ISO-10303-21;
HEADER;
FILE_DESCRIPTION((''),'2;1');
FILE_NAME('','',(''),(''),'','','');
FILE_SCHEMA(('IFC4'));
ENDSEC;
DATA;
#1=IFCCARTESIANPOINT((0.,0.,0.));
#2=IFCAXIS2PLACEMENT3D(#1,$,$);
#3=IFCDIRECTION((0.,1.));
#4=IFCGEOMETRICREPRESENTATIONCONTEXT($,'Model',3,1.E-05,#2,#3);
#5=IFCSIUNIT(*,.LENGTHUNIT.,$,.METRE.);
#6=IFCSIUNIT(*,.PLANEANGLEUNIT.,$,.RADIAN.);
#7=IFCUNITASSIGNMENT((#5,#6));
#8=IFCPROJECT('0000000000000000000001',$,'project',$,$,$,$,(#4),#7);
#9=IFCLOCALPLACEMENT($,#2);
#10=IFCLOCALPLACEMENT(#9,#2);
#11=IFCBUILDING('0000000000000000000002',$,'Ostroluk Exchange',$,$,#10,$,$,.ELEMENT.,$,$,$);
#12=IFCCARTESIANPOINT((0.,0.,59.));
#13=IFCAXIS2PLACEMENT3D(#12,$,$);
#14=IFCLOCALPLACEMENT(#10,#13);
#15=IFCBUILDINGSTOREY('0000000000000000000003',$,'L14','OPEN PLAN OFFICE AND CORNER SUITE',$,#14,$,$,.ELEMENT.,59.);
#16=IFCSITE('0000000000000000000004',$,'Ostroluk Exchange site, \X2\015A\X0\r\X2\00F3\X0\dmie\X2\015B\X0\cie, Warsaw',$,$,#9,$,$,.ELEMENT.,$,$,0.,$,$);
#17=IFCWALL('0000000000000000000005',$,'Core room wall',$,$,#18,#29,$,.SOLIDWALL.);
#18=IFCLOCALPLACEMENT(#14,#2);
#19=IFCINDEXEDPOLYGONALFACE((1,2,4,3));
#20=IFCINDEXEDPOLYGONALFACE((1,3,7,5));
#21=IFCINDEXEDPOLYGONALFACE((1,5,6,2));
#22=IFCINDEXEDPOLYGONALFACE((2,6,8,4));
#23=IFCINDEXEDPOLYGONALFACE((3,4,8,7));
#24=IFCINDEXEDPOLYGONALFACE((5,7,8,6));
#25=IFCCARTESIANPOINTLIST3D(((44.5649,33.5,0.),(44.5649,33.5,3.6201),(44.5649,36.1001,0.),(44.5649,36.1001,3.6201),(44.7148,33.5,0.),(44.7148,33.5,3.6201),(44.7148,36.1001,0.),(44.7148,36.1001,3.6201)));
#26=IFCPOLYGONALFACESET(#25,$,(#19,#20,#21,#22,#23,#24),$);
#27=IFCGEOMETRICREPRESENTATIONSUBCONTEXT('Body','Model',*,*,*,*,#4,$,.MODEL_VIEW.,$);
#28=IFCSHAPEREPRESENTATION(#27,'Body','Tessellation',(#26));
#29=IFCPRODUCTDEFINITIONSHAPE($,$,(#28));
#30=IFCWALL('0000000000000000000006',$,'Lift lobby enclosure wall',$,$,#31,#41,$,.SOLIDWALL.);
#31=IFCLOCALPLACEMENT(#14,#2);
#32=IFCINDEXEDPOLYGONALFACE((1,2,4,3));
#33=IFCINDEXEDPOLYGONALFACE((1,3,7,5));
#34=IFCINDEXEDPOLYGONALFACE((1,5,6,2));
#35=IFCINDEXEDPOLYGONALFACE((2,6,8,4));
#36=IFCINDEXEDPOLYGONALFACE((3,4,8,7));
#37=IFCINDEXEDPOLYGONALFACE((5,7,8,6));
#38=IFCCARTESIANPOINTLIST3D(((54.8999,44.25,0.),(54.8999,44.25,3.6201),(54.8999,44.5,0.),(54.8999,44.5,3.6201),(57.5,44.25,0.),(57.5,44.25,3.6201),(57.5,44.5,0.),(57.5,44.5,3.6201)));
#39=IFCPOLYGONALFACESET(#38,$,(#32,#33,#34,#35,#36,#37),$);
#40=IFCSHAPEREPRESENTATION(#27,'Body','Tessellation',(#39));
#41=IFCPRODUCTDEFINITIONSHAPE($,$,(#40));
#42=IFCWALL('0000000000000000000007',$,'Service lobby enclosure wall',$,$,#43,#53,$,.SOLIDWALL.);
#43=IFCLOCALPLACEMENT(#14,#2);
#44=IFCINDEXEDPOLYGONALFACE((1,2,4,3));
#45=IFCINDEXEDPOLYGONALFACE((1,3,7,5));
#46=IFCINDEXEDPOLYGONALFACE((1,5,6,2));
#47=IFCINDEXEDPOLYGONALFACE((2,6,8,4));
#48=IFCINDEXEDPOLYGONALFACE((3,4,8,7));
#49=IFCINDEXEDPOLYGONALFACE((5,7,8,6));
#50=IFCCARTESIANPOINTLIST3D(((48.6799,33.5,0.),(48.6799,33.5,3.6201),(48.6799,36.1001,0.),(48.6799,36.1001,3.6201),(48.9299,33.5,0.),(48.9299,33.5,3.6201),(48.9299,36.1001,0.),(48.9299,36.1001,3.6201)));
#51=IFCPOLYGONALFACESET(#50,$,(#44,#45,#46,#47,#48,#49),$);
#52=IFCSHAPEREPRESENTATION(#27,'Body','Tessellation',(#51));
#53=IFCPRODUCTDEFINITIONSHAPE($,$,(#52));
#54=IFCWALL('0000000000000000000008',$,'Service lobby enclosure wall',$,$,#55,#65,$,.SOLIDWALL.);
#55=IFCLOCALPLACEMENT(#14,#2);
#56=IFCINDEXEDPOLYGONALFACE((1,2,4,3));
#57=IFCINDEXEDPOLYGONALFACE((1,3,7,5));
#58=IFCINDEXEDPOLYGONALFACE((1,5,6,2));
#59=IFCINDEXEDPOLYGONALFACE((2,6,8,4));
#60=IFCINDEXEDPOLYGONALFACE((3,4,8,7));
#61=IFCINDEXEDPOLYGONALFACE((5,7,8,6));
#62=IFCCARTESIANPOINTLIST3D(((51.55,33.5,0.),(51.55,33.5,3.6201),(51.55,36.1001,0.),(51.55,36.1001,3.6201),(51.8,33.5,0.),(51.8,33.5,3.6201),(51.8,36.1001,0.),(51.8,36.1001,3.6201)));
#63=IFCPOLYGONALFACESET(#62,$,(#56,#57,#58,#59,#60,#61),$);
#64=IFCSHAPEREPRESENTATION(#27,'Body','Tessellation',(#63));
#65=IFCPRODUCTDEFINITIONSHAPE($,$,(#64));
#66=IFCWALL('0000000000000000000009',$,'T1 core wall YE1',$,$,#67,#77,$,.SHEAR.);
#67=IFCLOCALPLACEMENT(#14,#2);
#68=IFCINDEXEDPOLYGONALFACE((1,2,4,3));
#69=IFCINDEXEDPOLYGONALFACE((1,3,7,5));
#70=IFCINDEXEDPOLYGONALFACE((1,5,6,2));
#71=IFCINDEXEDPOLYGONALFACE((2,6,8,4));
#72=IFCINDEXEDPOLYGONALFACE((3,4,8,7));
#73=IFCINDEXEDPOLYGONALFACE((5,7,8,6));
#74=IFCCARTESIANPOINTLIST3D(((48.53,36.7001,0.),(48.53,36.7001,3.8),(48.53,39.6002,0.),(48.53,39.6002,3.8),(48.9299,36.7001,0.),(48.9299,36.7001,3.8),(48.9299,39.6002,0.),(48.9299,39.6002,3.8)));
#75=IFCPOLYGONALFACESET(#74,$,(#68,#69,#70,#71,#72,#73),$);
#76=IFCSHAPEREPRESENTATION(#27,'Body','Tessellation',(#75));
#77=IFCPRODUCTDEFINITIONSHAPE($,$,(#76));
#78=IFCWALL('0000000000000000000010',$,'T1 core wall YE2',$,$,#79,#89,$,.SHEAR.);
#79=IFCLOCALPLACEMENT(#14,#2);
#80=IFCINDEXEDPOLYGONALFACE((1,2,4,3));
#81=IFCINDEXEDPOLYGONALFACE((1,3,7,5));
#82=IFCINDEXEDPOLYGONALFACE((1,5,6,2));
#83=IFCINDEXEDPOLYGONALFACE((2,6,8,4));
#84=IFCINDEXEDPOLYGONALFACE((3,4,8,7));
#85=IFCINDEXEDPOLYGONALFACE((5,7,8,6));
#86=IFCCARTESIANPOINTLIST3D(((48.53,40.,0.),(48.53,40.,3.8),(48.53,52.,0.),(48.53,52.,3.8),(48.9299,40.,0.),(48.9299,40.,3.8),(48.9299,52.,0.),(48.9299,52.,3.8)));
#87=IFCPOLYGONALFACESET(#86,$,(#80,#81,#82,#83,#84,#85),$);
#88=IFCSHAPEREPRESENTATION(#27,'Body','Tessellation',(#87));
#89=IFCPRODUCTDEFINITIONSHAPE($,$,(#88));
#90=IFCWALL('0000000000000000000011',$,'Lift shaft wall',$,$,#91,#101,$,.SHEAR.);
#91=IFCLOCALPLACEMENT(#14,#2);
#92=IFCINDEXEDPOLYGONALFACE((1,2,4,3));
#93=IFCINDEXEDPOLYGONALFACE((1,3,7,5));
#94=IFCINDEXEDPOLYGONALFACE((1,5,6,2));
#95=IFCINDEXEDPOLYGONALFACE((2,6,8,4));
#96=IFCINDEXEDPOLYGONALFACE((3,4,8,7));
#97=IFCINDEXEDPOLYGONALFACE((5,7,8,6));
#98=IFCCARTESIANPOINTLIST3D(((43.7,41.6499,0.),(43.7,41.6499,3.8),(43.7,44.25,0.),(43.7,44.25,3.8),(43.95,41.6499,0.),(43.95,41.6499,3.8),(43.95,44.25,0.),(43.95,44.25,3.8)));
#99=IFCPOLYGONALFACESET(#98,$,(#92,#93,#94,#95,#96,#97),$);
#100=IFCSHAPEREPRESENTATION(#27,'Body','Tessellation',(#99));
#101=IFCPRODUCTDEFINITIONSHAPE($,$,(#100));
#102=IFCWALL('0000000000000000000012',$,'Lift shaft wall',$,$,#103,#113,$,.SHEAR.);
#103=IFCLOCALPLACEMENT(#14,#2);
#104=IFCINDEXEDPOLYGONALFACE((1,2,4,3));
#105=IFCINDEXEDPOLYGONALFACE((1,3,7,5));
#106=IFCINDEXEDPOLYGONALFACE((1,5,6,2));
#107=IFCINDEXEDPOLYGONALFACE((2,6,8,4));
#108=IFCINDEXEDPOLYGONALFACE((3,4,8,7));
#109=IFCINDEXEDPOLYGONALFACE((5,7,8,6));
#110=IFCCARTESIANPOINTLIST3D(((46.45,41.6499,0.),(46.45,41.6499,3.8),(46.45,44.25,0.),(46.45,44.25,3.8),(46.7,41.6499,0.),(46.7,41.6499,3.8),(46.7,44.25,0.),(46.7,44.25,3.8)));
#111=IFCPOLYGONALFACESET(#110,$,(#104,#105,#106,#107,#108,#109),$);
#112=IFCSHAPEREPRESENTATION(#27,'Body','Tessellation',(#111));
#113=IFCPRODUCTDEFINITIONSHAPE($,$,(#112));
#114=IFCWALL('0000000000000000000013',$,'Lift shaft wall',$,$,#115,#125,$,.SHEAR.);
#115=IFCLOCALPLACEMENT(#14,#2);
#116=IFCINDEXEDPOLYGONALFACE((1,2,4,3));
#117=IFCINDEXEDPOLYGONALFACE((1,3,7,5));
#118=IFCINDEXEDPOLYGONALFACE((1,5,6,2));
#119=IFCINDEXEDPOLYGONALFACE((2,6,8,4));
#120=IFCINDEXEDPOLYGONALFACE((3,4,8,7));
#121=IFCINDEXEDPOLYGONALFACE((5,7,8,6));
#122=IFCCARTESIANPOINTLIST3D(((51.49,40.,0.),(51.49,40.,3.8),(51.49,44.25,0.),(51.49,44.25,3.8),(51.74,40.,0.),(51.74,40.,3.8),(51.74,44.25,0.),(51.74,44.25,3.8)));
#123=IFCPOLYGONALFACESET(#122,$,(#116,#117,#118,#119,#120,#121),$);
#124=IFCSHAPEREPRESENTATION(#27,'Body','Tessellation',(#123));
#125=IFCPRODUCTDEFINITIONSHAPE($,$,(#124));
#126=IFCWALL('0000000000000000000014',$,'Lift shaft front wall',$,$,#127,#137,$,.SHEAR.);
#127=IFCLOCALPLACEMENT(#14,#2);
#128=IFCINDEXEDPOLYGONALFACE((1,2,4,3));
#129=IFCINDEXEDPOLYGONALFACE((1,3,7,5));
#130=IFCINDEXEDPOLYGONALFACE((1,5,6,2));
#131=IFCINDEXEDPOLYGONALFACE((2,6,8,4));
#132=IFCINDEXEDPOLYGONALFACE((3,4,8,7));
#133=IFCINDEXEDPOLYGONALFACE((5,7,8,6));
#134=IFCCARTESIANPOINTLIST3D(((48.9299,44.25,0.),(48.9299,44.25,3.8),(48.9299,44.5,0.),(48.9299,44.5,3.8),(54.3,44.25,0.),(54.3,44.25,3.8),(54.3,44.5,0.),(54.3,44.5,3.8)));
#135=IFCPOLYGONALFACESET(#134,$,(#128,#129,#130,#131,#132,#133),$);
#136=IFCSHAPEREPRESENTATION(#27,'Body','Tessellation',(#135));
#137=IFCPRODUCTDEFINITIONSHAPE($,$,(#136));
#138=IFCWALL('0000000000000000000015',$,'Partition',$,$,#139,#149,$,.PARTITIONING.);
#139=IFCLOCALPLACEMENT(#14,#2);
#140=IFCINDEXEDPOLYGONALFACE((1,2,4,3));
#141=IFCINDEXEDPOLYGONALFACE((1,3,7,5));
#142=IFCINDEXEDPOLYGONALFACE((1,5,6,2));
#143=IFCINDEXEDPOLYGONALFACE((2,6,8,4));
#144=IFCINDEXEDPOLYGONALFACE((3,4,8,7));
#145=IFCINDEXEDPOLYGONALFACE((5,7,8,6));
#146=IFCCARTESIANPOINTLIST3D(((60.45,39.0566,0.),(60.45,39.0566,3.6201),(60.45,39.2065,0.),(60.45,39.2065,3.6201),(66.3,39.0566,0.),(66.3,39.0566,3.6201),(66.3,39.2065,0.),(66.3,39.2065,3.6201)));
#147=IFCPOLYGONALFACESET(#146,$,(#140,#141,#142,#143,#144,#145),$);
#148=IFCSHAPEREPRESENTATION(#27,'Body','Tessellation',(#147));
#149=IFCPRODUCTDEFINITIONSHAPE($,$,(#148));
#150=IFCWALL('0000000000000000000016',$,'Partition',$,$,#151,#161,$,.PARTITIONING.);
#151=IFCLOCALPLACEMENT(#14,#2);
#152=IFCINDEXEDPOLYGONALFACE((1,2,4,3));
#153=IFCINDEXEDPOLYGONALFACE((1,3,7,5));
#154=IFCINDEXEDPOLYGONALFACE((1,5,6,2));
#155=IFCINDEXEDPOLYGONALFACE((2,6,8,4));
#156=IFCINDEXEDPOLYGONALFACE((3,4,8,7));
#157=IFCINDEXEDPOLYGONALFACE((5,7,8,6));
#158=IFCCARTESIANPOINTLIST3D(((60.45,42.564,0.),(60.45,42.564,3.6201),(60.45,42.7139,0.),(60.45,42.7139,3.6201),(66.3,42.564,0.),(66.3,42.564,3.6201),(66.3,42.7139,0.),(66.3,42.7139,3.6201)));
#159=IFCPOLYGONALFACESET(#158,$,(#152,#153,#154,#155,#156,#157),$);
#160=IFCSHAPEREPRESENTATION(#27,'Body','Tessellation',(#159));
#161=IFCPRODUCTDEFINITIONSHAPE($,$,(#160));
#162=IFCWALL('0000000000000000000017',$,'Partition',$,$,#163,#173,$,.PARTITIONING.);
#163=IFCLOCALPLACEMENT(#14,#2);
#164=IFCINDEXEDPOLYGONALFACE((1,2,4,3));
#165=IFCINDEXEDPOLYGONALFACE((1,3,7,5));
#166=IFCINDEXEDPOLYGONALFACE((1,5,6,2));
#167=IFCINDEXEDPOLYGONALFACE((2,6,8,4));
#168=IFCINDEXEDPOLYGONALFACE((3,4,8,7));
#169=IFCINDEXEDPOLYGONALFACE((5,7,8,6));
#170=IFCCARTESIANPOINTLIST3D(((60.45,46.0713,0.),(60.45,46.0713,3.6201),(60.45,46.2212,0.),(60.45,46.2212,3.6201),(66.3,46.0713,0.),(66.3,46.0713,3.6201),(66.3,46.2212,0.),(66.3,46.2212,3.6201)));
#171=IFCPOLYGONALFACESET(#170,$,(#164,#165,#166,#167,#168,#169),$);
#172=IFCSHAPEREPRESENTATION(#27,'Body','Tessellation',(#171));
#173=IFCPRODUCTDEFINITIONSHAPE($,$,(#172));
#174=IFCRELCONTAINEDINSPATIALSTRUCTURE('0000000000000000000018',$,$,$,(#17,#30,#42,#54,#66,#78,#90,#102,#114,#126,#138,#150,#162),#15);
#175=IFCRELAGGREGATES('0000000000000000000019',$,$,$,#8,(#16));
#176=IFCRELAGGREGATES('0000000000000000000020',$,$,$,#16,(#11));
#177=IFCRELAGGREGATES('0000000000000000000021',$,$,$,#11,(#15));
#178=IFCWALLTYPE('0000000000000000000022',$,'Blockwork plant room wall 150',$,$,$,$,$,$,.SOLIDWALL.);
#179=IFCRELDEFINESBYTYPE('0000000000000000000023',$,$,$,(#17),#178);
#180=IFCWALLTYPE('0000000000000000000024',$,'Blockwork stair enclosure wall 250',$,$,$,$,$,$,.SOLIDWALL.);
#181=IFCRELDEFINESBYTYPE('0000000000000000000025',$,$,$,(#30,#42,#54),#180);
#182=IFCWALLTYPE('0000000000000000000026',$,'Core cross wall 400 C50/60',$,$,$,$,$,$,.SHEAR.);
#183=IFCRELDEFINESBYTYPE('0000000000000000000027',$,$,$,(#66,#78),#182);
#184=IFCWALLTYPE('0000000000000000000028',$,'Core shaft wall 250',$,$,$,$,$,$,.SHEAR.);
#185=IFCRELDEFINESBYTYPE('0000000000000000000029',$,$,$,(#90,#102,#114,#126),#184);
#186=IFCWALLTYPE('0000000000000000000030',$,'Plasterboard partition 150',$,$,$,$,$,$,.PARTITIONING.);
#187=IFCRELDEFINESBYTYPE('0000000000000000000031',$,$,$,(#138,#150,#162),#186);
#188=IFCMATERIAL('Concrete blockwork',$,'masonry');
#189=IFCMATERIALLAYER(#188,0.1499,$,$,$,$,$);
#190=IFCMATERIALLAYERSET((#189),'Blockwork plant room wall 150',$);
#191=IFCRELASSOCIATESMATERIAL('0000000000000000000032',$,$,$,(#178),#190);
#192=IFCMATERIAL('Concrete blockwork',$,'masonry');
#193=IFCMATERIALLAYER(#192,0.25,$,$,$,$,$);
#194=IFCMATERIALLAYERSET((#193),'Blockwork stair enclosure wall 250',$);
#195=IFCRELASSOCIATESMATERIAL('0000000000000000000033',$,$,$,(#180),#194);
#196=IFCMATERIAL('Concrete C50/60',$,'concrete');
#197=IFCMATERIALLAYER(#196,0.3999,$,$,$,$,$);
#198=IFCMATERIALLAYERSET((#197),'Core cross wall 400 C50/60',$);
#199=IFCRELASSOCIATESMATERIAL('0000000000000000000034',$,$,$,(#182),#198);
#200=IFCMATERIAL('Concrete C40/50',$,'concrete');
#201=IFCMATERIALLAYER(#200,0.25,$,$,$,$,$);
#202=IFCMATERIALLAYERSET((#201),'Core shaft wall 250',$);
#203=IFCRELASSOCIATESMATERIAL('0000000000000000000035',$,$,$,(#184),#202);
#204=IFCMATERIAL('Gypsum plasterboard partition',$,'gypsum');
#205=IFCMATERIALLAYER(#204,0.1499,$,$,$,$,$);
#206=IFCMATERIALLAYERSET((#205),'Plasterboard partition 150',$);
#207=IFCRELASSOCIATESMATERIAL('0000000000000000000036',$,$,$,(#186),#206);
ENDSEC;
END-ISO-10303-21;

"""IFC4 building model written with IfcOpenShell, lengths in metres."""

from ifc_helpers import new_model, si_unit, direction, frame, frame_2d, origin, place, context, subcontext, project, spatial, rectangle, extrude, material, layer, layer_set, type_object, element, save


model = new_model("IFC4")

# Units and contexts
model_context = context("Model", 3, precision=1e-05, world=origin(), true_north=direction((0.0, 1.0)))
body_context = subcontext(model_context, "Body", "Model", "MODEL_VIEW")
ifc_project = project(units=[si_unit("LENGTHUNIT", "METRE"), si_unit("PLANEANGLEUNIT", "RADIAN")], contexts=[model_context])

# Site, building, storey
site_placement = place(None, origin())
site = spatial("IfcSite", under=ifc_project, at=site_placement, Name="Ostroluk Exchange site, Śródmieście, Warsaw", CompositionType="ELEMENT", RefElevation=0.0)
building_placement = place(site_placement, origin())
building = spatial("IfcBuilding", under=site, at=building_placement, Name="Ostroluk Exchange", CompositionType="ELEMENT")
storey_placement = place(building_placement, frame((0.0, 0.0, 59.0)))
storey = spatial("IfcBuildingStorey", under=building, at=storey_placement, Name="L14", Description="OPEN PLAN OFFICE AND CORNER SUITE", CompositionType="ELEMENT", Elevation=59.0)

# Walls
ifc_material_1 = material(Name="Concrete blockwork", Category="masonry")
ifc_layer_1 = layer(ifc_material_1, 0.1499)
ifc_layer_set_1 = layer_set([ifc_layer_1], Name="Blockwork plant room wall 150")
wall_type_1 = type_object("IfcWallType", Name="Blockwork plant room wall 150", PredefinedType="SOLIDWALL", material=ifc_layer_set_1)
wall_1_placement = place(storey_placement, frame((44.6399, 33.5, 0.0), z_axis=(0.0, 0.0, 1.0), x_axis=(0.0, 1.0, 0.0)))
element("IfcWall", 1, at=wall_1_placement, inside=storey, type_object=wall_type_1, Name="Core room wall", PredefinedType="SOLIDWALL", context=body_context, shape_type="SweptSolid", body=[
    extrude(rectangle(XDim=2.6001, YDim=0.1499, at=frame_2d((1.3, 0.0))), origin(), (0.0, 0.0, 1.0), 3.6201),
])
ifc_material_2 = material(Name="Concrete blockwork", Category="masonry")
ifc_layer_2 = layer(ifc_material_2, 0.25)
ifc_layer_set_2 = layer_set([ifc_layer_2], Name="Blockwork stair enclosure wall 250")
wall_type_2 = type_object("IfcWallType", Name="Blockwork stair enclosure wall 250", PredefinedType="SOLIDWALL", material=ifc_layer_set_2)
for number, where, z_axis, x_axis, name in (
    (2, (54.8999, 44.375, 0.0), (0.0, 0.0, 1.0), (1.0, 0.0, 0.0), "Lift lobby enclosure wall"),
    (3, (48.8049, 33.5, 0.0), (0.0, 0.0, 1.0), (0.0, 1.0, 0.0), "Service lobby enclosure wall"),
    (4, (51.675, 33.5, 0.0), (0.0, 0.0, 1.0), (0.0, 1.0, 0.0), "Service lobby enclosure wall"),
):
    element("IfcWall", number, at=place(storey_placement, frame(where, z_axis=z_axis, x_axis=x_axis)), inside=storey, type_object=wall_type_2, Name=name, PredefinedType="SOLIDWALL", context=body_context, shape_type="SweptSolid", body=[
        extrude(rectangle(XDim=2.6001, YDim=0.25, at=frame_2d((1.3, 0.0))), origin(), (0.0, 0.0, 1.0), 3.6201),
    ])
ifc_material_3 = material(Name="Concrete C50/60", Category="concrete")
ifc_layer_3 = layer(ifc_material_3, 0.3999)
ifc_layer_set_3 = layer_set([ifc_layer_3], Name="Core cross wall 400 C50/60")
wall_type_3 = type_object("IfcWallType", Name="Core cross wall 400 C50/60", PredefinedType="SHEAR", material=ifc_layer_set_3)
wall_2_placement = place(storey_placement, frame((48.73, 36.7, 0.0), z_axis=(0.0, 0.0, 1.0), x_axis=(0.0, 1.0, 0.0)))
element("IfcWall", 5, at=wall_2_placement, inside=storey, type_object=wall_type_3, Name="T1 core wall YE1", PredefinedType="SHEAR", context=body_context, shape_type="SweptSolid", body=[
    extrude(rectangle(XDim=2.9001, YDim=0.3999, at=frame_2d((1.4502, 0.0))), origin(), (0.0, 0.0, 1.0), 3.8),
])
wall_3_placement = place(storey_placement, frame((48.73, 40.0, 0.0), z_axis=(0.0, 0.0, 1.0), x_axis=(0.0, 1.0, 0.0)))
element("IfcWall", 6, at=wall_3_placement, inside=storey, type_object=wall_type_3, Name="T1 core wall YE2", PredefinedType="SHEAR", context=body_context, shape_type="SweptSolid", body=[
    extrude(rectangle(XDim=12.0, YDim=0.3999, at=frame_2d((6.0, 0.0))), origin(), (0.0, 0.0, 1.0), 3.8),
])

# Shared definitions
ifc_material_4 = material(Name="Concrete C40/50", Category="concrete")
ifc_layer_4 = layer(ifc_material_4, 0.25)
ifc_layer_set_4 = layer_set([ifc_layer_4], Name="Core shaft wall 250")
wall_type_4 = type_object("IfcWallType", Name="Core shaft wall 250", PredefinedType="SHEAR", material=ifc_layer_set_4)

# Walls
for number, where, z_axis, x_axis, name in (
    (7, (43.825, 44.25, 0.0), (0.0, 0.0, 1.0), (0.0, -1.0, 0.0), "Lift shaft wall"),
    (8, (46.575, 44.25, 0.0), (0.0, 0.0, 1.0), (0.0, -1.0, 0.0), "Lift shaft wall"),
):
    element("IfcWall", number, at=place(storey_placement, frame(where, z_axis=z_axis, x_axis=x_axis)), inside=storey, type_object=wall_type_4, Name=name, PredefinedType="SHEAR", context=body_context, shape_type="SweptSolid", body=[
        extrude(rectangle(XDim=2.6001, YDim=0.25, at=frame_2d((1.3, 0.0))), origin(), (0.0, 0.0, 1.0), 3.8),
    ])
wall_4_placement = place(storey_placement, frame((51.615, 44.25, 0.0), z_axis=(0.0, 0.0, 1.0), x_axis=(0.0, -1.0, 0.0)))
element("IfcWall", 9, at=wall_4_placement, inside=storey, type_object=wall_type_4, Name="Lift shaft wall", PredefinedType="SHEAR", context=body_context, shape_type="SweptSolid", body=[
    extrude(rectangle(XDim=4.25, YDim=0.25, at=frame_2d((2.125, 0.0))), origin(), (0.0, 0.0, 1.0), 3.8),
])
wall_5_placement = place(storey_placement, frame((48.9299, 44.375, 0.0), z_axis=(0.0, 0.0, 1.0), x_axis=(1.0, 0.0, 0.0)))
element("IfcWall", 10, at=wall_5_placement, inside=storey, type_object=wall_type_4, Name="Lift shaft front wall", PredefinedType="SHEAR", context=body_context, shape_type="SweptSolid", body=[
    extrude(rectangle(XDim=5.3701, YDim=0.25, at=frame_2d((2.6851, 0.0))), origin(), (0.0, 0.0, 1.0), 3.8),
])

# Walls
ifc_material_5 = material(Name="Gypsum plasterboard partition", Category="gypsum")
ifc_layer_5 = layer(ifc_material_5, 0.1499)
ifc_layer_set_5 = layer_set([ifc_layer_5], Name="Plasterboard partition 150")
wall_type_5 = type_object("IfcWallType", Name="Plasterboard partition 150", PredefinedType="PARTITIONING", material=ifc_layer_set_5)
for number, where, z_axis, x_axis, name in (
    (11, (60.45, 39.1316, 0.0), (0.0, 0.0, 1.0), (1.0, 0.0, 0.0), "Partition"),
    (12, (60.45, 42.6389, 0.0), (0.0, 0.0, 1.0), (1.0, 0.0, 0.0), "Partition"),
    (13, (60.45, 46.1462, 0.0), (0.0, 0.0, 1.0), (1.0, 0.0, 0.0), "Partition"),
):
    element("IfcWall", number, at=place(storey_placement, frame(where, z_axis=z_axis, x_axis=x_axis)), inside=storey, type_object=wall_type_5, Name=name, PredefinedType="PARTITIONING", context=body_context, shape_type="SweptSolid", body=[
        extrude(rectangle(XDim=5.8501, YDim=0.1499, at=frame_2d((2.925, 0.0))), origin(), (0.0, 0.0, 1.0), 3.6201),
    ])

save(model, "model.ifc")
